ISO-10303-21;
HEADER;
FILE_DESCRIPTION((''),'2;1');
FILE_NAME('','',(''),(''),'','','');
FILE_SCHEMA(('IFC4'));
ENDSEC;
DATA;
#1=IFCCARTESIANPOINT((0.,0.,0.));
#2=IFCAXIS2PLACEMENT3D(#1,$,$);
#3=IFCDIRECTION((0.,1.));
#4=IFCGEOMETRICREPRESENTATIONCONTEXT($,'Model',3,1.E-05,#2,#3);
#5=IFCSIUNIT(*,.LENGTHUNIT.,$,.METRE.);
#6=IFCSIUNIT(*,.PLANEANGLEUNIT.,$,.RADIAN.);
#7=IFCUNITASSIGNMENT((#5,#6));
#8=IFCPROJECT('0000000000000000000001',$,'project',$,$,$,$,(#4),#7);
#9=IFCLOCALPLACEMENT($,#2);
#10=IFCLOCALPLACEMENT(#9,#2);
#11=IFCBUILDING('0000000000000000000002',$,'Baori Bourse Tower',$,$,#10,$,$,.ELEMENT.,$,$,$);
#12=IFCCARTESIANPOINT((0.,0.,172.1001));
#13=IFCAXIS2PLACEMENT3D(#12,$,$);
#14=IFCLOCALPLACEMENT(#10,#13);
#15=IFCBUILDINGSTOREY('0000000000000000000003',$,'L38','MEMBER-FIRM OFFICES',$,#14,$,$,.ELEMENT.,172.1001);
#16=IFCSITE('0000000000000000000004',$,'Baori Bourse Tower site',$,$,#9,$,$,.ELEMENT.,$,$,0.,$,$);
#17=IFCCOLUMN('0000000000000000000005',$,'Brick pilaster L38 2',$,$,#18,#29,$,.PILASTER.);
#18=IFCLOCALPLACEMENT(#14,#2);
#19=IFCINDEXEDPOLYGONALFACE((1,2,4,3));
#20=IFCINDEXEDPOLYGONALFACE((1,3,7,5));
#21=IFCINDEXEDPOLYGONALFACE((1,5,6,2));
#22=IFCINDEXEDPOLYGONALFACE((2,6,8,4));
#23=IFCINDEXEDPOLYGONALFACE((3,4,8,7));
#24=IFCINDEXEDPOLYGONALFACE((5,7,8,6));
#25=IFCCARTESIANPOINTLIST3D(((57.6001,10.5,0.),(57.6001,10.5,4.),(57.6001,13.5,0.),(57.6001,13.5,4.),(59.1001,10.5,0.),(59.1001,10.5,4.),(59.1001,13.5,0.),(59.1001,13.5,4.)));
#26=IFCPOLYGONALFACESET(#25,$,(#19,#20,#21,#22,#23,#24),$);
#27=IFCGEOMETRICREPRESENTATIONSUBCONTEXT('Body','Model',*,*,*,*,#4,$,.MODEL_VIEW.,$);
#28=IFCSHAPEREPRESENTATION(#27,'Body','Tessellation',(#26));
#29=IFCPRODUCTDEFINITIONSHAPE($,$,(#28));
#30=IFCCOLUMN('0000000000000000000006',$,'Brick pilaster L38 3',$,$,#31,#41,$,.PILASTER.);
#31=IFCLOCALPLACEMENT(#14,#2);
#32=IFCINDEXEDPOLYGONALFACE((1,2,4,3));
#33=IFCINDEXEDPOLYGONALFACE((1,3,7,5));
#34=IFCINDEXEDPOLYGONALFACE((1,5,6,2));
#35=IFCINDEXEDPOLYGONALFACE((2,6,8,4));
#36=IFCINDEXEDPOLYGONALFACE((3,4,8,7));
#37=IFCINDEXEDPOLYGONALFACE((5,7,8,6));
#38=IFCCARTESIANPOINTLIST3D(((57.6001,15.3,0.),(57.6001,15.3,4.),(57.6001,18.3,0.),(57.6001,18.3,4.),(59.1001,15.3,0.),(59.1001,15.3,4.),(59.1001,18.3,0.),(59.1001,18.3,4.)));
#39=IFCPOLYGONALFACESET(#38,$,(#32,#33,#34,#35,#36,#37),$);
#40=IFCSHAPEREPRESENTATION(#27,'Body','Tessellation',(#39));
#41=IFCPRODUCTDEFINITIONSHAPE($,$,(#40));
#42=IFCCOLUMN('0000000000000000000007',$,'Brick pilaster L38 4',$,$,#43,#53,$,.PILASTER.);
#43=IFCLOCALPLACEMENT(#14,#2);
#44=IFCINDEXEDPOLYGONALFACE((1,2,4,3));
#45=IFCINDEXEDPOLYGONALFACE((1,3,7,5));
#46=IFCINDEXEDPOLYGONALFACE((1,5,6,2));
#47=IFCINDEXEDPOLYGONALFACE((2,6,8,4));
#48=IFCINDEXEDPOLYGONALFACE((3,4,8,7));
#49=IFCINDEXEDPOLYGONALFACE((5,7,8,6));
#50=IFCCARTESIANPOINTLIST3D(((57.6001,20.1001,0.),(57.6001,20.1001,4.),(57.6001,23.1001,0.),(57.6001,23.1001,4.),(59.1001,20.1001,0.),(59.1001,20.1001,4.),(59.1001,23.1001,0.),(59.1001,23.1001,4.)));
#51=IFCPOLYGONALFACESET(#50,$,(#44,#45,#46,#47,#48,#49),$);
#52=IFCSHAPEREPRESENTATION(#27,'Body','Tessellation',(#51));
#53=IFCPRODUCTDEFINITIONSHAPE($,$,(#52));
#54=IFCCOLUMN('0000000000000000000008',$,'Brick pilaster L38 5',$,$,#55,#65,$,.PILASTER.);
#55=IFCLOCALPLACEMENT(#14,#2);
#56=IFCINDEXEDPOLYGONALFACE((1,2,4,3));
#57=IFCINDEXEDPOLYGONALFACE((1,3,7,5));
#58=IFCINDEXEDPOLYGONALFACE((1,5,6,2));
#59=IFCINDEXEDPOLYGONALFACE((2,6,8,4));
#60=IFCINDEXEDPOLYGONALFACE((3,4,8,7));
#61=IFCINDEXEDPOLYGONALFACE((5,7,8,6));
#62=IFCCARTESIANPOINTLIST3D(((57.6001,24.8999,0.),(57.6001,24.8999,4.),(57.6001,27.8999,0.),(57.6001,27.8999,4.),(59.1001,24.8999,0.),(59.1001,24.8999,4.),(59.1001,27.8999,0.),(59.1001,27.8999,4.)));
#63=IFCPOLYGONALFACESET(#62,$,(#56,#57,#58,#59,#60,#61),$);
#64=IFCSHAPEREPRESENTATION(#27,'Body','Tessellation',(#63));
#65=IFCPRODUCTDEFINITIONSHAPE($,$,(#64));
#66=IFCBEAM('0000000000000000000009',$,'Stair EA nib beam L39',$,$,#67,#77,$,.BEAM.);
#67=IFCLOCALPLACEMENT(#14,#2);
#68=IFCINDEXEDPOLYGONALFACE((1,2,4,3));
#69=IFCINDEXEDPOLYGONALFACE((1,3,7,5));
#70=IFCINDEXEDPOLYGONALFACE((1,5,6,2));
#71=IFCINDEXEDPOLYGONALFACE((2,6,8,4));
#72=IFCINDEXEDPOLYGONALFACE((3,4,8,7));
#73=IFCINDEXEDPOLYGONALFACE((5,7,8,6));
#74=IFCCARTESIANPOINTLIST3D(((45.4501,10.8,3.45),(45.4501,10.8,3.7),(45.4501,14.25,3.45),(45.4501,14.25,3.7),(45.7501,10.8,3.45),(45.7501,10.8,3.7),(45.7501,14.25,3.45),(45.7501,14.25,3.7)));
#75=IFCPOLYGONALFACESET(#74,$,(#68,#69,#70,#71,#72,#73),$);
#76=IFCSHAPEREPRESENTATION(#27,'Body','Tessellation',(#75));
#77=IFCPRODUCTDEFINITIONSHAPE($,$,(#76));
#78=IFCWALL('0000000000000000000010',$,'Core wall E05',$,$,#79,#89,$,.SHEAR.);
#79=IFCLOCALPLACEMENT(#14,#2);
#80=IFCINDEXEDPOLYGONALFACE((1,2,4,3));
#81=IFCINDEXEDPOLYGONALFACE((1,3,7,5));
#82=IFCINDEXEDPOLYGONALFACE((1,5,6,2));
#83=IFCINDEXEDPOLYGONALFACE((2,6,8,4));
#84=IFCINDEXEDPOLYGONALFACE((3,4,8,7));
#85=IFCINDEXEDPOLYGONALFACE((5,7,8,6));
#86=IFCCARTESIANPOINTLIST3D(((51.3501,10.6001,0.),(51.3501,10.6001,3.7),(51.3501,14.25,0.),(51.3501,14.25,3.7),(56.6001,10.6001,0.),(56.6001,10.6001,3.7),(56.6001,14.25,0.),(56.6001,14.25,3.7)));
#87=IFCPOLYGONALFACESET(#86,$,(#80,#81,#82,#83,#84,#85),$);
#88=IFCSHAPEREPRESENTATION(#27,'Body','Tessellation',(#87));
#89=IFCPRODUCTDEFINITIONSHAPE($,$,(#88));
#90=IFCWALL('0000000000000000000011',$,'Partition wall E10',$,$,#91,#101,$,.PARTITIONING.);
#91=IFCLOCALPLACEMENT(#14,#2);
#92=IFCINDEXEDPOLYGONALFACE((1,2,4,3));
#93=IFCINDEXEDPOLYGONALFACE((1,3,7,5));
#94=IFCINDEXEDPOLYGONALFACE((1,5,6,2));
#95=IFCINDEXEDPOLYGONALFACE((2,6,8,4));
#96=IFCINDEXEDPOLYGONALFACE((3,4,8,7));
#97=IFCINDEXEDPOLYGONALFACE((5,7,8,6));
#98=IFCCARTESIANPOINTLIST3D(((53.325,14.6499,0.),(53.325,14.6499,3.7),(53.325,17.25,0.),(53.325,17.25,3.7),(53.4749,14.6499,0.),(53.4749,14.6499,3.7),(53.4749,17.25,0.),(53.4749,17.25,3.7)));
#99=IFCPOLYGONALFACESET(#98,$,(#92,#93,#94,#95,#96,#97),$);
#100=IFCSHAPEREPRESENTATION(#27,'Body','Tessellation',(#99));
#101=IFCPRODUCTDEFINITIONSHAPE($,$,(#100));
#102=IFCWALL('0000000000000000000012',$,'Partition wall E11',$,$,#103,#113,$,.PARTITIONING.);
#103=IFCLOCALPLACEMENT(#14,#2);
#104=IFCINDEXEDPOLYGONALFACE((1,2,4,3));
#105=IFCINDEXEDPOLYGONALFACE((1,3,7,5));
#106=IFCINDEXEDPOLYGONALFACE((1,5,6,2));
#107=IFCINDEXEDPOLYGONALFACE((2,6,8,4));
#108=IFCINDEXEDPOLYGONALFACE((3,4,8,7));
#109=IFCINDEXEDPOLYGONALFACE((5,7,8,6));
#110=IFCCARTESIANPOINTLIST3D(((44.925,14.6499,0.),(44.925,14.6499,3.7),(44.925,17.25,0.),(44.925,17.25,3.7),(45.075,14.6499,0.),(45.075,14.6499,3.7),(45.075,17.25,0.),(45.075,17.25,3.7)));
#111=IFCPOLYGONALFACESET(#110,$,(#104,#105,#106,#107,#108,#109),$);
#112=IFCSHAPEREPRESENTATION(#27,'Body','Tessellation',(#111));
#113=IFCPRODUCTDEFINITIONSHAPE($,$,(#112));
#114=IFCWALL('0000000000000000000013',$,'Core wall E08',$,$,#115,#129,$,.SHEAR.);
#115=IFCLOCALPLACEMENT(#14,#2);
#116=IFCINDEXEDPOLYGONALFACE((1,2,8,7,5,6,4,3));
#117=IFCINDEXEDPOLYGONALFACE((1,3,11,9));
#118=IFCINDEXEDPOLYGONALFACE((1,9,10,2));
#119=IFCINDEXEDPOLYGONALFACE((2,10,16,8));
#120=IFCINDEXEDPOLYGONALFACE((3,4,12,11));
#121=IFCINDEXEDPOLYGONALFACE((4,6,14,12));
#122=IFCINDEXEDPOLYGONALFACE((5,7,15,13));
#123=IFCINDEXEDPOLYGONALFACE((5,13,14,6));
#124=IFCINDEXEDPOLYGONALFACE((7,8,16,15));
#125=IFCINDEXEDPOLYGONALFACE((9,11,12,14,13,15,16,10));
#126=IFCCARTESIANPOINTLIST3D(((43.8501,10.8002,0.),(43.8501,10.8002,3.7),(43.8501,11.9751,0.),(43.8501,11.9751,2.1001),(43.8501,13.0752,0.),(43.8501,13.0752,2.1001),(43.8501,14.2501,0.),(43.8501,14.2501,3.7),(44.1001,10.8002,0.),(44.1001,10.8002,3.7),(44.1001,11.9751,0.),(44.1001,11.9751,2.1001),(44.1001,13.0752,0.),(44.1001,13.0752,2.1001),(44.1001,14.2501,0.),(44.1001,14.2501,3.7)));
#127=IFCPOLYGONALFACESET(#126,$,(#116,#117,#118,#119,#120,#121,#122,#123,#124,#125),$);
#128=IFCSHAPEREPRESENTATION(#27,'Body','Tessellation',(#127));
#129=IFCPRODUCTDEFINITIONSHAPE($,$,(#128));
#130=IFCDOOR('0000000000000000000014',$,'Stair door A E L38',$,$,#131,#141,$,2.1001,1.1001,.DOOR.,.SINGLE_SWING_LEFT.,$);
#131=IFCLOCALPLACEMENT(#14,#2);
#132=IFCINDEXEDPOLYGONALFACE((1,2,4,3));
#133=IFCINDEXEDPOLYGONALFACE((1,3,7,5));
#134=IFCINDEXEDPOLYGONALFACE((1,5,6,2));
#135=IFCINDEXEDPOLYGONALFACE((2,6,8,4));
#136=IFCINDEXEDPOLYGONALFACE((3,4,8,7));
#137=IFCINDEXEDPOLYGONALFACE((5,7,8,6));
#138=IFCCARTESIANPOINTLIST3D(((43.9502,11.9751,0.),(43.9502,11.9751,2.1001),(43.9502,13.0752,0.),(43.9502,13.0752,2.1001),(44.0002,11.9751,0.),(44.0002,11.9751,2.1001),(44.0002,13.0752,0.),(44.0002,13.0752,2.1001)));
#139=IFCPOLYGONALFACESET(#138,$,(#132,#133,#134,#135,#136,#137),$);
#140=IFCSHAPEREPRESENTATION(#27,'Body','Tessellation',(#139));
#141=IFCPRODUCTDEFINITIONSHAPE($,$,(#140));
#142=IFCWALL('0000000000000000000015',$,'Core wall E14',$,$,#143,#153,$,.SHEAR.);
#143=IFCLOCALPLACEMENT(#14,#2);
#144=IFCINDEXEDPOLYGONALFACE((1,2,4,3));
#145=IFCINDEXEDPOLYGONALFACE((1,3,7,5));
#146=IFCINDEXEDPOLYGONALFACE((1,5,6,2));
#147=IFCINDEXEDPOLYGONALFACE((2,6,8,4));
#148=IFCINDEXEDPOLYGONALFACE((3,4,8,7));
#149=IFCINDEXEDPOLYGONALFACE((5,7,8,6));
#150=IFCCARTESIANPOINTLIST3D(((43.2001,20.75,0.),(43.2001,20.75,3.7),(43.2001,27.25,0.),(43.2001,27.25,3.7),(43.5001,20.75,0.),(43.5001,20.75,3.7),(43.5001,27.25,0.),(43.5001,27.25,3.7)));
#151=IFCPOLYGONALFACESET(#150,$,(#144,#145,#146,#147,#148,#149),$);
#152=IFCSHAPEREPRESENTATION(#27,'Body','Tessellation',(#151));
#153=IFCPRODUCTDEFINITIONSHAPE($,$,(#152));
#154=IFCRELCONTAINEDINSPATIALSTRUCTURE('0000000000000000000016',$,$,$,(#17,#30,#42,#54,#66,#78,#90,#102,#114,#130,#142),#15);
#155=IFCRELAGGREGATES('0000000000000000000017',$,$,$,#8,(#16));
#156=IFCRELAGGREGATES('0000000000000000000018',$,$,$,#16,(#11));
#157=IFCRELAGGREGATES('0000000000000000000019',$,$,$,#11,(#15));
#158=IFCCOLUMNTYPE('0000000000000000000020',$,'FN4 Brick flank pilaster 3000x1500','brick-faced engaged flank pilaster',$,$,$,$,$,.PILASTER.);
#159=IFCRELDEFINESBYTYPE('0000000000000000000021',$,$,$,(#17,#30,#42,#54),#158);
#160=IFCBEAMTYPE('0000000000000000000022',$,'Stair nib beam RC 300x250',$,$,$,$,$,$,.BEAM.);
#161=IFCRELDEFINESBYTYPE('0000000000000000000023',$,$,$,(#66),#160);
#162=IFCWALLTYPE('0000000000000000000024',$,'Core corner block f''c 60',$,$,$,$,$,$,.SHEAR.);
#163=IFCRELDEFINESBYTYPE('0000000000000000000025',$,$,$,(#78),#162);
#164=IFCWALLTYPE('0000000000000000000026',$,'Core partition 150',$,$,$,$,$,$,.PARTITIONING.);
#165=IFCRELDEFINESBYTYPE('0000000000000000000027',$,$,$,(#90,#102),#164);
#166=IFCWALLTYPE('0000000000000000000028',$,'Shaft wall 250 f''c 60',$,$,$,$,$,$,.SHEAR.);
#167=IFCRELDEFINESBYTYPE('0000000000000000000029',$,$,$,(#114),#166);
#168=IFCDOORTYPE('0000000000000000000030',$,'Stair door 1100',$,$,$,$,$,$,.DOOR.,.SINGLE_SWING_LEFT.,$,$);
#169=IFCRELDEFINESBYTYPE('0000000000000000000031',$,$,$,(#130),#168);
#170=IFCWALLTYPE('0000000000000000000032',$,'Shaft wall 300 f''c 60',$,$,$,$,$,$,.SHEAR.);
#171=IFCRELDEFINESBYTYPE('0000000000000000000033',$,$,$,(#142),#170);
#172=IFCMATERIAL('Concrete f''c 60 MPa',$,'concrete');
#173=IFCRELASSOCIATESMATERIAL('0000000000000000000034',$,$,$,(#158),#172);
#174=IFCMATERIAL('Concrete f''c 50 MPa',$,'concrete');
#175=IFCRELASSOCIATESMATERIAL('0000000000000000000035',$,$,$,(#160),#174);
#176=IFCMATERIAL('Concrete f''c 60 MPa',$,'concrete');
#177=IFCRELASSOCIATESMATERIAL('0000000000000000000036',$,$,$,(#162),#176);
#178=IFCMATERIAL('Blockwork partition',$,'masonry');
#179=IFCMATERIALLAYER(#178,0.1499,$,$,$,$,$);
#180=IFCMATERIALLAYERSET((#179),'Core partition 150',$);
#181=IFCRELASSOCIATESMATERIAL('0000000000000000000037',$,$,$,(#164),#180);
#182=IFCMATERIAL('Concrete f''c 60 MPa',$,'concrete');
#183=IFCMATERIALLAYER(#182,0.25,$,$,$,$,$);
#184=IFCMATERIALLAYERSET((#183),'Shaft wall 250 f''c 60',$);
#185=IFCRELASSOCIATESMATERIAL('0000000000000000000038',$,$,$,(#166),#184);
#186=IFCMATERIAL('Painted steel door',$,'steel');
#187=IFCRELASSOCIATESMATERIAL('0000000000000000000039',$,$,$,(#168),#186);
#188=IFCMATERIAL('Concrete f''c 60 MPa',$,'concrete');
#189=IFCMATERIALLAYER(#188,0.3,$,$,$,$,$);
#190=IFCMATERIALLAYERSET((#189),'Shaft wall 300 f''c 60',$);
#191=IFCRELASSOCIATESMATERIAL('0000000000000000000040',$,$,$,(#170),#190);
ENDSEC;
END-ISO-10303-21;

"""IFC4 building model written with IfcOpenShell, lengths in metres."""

from ifc_helpers import new_model, si_unit, direction, frame, frame_2d, origin, origin_2d, place, context, subcontext, project, spatial, rectangle, extrude, material, layer, layer_set, material_profile, profile_set, type_object, element, fill, save


model = new_model("IFC4")

# Units and contexts
model_context = context("Model", 3, precision=1e-05, world=origin(), true_north=direction((0.0, 1.0)))
body_context = subcontext(model_context, "Body", "Model", "MODEL_VIEW")
ifc_project = project(units=[si_unit("LENGTHUNIT", "METRE"), si_unit("PLANEANGLEUNIT", "RADIAN")], contexts=[model_context])

# Site, building, storey
site_placement = place(None, origin())
site = spatial("IfcSite", under=ifc_project, at=site_placement, Name="Baori Bourse Tower site", CompositionType="ELEMENT", RefElevation=0.0)
building_placement = place(site_placement, origin())
building = spatial("IfcBuilding", under=site, at=building_placement, Name="Baori Bourse Tower", CompositionType="ELEMENT")
storey_placement = place(building_placement, frame((0.0, 0.0, 172.1001)))
storey = spatial("IfcBuildingStorey", under=building, at=storey_placement, Name="L38", Description="MEMBER-FIRM OFFICES", CompositionType="ELEMENT", Elevation=172.1001)

# Columns
ifc_material_1 = material(Name="Concrete f'c 60 MPa", Category="concrete")
ifc_material_profile_1 = material_profile(ifc_material_1, rectangle(XDim=3.0, YDim=1.5, at=origin_2d()), Name="RC 3000x1500")
ifc_profile_set_1 = profile_set([ifc_material_profile_1], Name="Concrete f'c 60 MPa")
column_type = type_object("IfcColumnType", Name="FN4 Brick flank pilaster 3000x1500", Description="brick-faced engaged flank pilaster", PredefinedType="PILASTER", material=ifc_profile_set_1)
for number, where, z_axis, x_axis, name in (
    (1, (58.3501, 12.0, 0.0), (0.0, 0.0, 1.0), (0.0, 1.0, 0.0), "Brick pilaster L38 2"),
    (2, (58.3501, 16.8, 0.0), (0.0, 0.0, 1.0), (0.0, 1.0, 0.0), "Brick pilaster L38 3"),
    (3, (58.3501, 21.6001, 0.0), (0.0, 0.0, 1.0), (0.0, 1.0, 0.0), "Brick pilaster L38 4"),
    (4, (58.3501, 26.3999, 0.0), (0.0, 0.0, 1.0), (0.0, 1.0, 0.0), "Brick pilaster L38 5"),
):
    element("IfcColumn", number, at=place(storey_placement, frame(where, z_axis=z_axis, x_axis=x_axis)), inside=storey, type_object=column_type, Name=name, PredefinedType="PILASTER", context=body_context, shape_type="SweptSolid", body=[
        extrude(rectangle(XDim=3.0, YDim=1.5, at=origin_2d()), origin(), (0.0, 0.0, 1.0), 4.0),
    ])

# Beam
ifc_material_2 = material(Name="Concrete f'c 50 MPa", Category="concrete")
ifc_material_profile_2 = material_profile(ifc_material_2, rectangle(XDim=0.3, YDim=0.25, at=origin_2d()), Name="RC 300x250")
ifc_profile_set_2 = profile_set([ifc_material_profile_2], Name="Concrete f'c 50 MPa")
beam_type = type_object("IfcBeamType", Name="Stair nib beam RC 300x250", PredefinedType="BEAM", material=ifc_profile_set_2)
beam_placement = place(storey_placement, frame((45.6001, 10.8, 3.575), z_axis=(0.0, 1.0, 0.0), x_axis=(-1.0, 0.0, 0.0)))
element("IfcBeam", 5, at=beam_placement, inside=storey, type_object=beam_type, Name="Stair EA nib beam L39", PredefinedType="BEAM", context=body_context, shape_type="SweptSolid", body=[
    extrude(rectangle(XDim=0.3, YDim=0.25, at=origin_2d()), origin(), (0.0, 0.0, 1.0), 3.45),
])

# Walls
ifc_material_3 = material(Name="Concrete f'c 60 MPa", Category="concrete")
wall_type_1 = type_object("IfcWallType", Name="Core corner block f'c 60", PredefinedType="SHEAR", material=ifc_material_3)
wall_1_placement = place(storey_placement, frame((51.3501, 12.425, 0.0), z_axis=(0.0, 0.0, 1.0), x_axis=(1.0, 0.0, 0.0)))
element("IfcWall", 6, at=wall_1_placement, inside=storey, type_object=wall_type_1, Name="Core wall E05", PredefinedType="SHEAR", context=body_context, shape_type="SweptSolid", body=[
    extrude(rectangle(XDim=5.25, YDim=3.6499, at=frame_2d((2.625, 0.0))), origin(), (0.0, 0.0, 1.0), 3.7),
])
ifc_material_4 = material(Name="Blockwork partition", Category="masonry")
ifc_layer_1 = layer(ifc_material_4, 0.1499)
ifc_layer_set_1 = layer_set([ifc_layer_1], Name="Core partition 150")
wall_type_2 = type_object("IfcWallType", Name="Core partition 150", PredefinedType="PARTITIONING", material=ifc_layer_set_1)
for number, where, z_axis, x_axis, name in (
    (7, (53.3999, 14.6499, 0.0), (0.0, 0.0, 1.0), (0.0, 1.0, 0.0), "Partition wall E10"),
    (8, (45.0, 14.6499, 0.0), (0.0, 0.0, 1.0), (0.0, 1.0, 0.0), "Partition wall E11"),
):
    element("IfcWall", number, at=place(storey_placement, frame(where, z_axis=z_axis, x_axis=x_axis)), inside=storey, type_object=wall_type_2, Name=name, PredefinedType="PARTITIONING", context=body_context, shape_type="SweptSolid", body=[
        extrude(rectangle(XDim=2.6001, YDim=0.1499, at=frame_2d((1.3, 0.0))), origin(), (0.0, 0.0, 1.0), 3.7),
    ])

# Wall, opening, door
ifc_material_5 = material(Name="Concrete f'c 60 MPa", Category="concrete")
ifc_layer_2 = layer(ifc_material_5, 0.25)
ifc_layer_set_2 = layer_set([ifc_layer_2], Name="Shaft wall 250 f'c 60")
wall_type_3 = type_object("IfcWallType", Name="Shaft wall 250 f'c 60", PredefinedType="SHEAR", material=ifc_layer_set_2)
wall_2_placement = place(storey_placement, frame((43.9751, 10.8, 0.0), z_axis=(0.0, 0.0, 1.0), x_axis=(0.0, 1.0, 0.0)))
wall_2 = element("IfcWall", 9, at=wall_2_placement, inside=storey, type_object=wall_type_3, Name="Core wall E08", PredefinedType="SHEAR", context=body_context, shape_type="SweptSolid", body=[
    extrude(rectangle(XDim=3.45, YDim=0.25, at=frame_2d((1.7251, 0.0))), origin(), (0.0, 0.0, 1.0), 3.7),
])
opening_1_placement = place(wall_2_placement, frame((1.175, 0.0, 0.0)))
opening_1 = element("IfcOpeningElement", 10, at=opening_1_placement, cuts=wall_2, PredefinedType="OPENING", context=body_context, shape_type="SweptSolid", body=[
    extrude(rectangle(XDim=1.1001, YDim=2.1001, at=frame_2d((0.55, 1.05))), frame((0.0, 0.135, 0.0), z_axis=(0.0, -1.0, 0.0), x_axis=(1.0, 0.0, 0.0)), (0.0, 0.0, 1.0), 0.27),
])
ifc_material_6 = material(Name="Painted steel door", Category="steel")
door_type_1 = type_object("IfcDoorType", Name="Stair door 1100", OperationType="SINGLE_SWING_LEFT", PredefinedType="DOOR", material=ifc_material_6)
door_1_placement = place(opening_1_placement, origin())
door_1 = element("IfcDoor", 11, at=door_1_placement, inside=storey, type_object=door_type_1, Name="Stair door A E L38", OperationType="SINGLE_SWING_LEFT", OverallHeight=2.1001, OverallWidth=1.1001, PredefinedType="DOOR", context=body_context, shape_type="SweptSolid", body=[
    extrude(rectangle(XDim=1.1001, YDim=2.1001, at=frame_2d((0.55, 1.05))), frame((0.0, 0.0249, 0.0), z_axis=(0.0, -1.0, 0.0), x_axis=(1.0, 0.0, 0.0)), (0.0, 0.0, 1.0), 0.05),
])
fill(opening_1, door_1)

# Wall
ifc_material_7 = material(Name="Concrete f'c 60 MPa", Category="concrete")
ifc_layer_3 = layer(ifc_material_7, 0.3)
ifc_layer_set_3 = layer_set([ifc_layer_3], Name="Shaft wall 300 f'c 60")
wall_type_4 = type_object("IfcWallType", Name="Shaft wall 300 f'c 60", PredefinedType="SHEAR", material=ifc_layer_set_3)
wall_3_placement = place(storey_placement, frame((43.3501, 20.75, 0.0), z_axis=(0.0, 0.0, 1.0), x_axis=(0.0, 1.0, 0.0)))
element("IfcWall", 12, at=wall_3_placement, inside=storey, type_object=wall_type_4, Name="Core wall E14", PredefinedType="SHEAR", context=body_context, shape_type="SweptSolid", body=[
    extrude(rectangle(XDim=6.5, YDim=0.3, at=frame_2d((3.25, 0.0))), origin(), (0.0, 0.0, 1.0), 3.7),
])

save(model, "model.ifc")
